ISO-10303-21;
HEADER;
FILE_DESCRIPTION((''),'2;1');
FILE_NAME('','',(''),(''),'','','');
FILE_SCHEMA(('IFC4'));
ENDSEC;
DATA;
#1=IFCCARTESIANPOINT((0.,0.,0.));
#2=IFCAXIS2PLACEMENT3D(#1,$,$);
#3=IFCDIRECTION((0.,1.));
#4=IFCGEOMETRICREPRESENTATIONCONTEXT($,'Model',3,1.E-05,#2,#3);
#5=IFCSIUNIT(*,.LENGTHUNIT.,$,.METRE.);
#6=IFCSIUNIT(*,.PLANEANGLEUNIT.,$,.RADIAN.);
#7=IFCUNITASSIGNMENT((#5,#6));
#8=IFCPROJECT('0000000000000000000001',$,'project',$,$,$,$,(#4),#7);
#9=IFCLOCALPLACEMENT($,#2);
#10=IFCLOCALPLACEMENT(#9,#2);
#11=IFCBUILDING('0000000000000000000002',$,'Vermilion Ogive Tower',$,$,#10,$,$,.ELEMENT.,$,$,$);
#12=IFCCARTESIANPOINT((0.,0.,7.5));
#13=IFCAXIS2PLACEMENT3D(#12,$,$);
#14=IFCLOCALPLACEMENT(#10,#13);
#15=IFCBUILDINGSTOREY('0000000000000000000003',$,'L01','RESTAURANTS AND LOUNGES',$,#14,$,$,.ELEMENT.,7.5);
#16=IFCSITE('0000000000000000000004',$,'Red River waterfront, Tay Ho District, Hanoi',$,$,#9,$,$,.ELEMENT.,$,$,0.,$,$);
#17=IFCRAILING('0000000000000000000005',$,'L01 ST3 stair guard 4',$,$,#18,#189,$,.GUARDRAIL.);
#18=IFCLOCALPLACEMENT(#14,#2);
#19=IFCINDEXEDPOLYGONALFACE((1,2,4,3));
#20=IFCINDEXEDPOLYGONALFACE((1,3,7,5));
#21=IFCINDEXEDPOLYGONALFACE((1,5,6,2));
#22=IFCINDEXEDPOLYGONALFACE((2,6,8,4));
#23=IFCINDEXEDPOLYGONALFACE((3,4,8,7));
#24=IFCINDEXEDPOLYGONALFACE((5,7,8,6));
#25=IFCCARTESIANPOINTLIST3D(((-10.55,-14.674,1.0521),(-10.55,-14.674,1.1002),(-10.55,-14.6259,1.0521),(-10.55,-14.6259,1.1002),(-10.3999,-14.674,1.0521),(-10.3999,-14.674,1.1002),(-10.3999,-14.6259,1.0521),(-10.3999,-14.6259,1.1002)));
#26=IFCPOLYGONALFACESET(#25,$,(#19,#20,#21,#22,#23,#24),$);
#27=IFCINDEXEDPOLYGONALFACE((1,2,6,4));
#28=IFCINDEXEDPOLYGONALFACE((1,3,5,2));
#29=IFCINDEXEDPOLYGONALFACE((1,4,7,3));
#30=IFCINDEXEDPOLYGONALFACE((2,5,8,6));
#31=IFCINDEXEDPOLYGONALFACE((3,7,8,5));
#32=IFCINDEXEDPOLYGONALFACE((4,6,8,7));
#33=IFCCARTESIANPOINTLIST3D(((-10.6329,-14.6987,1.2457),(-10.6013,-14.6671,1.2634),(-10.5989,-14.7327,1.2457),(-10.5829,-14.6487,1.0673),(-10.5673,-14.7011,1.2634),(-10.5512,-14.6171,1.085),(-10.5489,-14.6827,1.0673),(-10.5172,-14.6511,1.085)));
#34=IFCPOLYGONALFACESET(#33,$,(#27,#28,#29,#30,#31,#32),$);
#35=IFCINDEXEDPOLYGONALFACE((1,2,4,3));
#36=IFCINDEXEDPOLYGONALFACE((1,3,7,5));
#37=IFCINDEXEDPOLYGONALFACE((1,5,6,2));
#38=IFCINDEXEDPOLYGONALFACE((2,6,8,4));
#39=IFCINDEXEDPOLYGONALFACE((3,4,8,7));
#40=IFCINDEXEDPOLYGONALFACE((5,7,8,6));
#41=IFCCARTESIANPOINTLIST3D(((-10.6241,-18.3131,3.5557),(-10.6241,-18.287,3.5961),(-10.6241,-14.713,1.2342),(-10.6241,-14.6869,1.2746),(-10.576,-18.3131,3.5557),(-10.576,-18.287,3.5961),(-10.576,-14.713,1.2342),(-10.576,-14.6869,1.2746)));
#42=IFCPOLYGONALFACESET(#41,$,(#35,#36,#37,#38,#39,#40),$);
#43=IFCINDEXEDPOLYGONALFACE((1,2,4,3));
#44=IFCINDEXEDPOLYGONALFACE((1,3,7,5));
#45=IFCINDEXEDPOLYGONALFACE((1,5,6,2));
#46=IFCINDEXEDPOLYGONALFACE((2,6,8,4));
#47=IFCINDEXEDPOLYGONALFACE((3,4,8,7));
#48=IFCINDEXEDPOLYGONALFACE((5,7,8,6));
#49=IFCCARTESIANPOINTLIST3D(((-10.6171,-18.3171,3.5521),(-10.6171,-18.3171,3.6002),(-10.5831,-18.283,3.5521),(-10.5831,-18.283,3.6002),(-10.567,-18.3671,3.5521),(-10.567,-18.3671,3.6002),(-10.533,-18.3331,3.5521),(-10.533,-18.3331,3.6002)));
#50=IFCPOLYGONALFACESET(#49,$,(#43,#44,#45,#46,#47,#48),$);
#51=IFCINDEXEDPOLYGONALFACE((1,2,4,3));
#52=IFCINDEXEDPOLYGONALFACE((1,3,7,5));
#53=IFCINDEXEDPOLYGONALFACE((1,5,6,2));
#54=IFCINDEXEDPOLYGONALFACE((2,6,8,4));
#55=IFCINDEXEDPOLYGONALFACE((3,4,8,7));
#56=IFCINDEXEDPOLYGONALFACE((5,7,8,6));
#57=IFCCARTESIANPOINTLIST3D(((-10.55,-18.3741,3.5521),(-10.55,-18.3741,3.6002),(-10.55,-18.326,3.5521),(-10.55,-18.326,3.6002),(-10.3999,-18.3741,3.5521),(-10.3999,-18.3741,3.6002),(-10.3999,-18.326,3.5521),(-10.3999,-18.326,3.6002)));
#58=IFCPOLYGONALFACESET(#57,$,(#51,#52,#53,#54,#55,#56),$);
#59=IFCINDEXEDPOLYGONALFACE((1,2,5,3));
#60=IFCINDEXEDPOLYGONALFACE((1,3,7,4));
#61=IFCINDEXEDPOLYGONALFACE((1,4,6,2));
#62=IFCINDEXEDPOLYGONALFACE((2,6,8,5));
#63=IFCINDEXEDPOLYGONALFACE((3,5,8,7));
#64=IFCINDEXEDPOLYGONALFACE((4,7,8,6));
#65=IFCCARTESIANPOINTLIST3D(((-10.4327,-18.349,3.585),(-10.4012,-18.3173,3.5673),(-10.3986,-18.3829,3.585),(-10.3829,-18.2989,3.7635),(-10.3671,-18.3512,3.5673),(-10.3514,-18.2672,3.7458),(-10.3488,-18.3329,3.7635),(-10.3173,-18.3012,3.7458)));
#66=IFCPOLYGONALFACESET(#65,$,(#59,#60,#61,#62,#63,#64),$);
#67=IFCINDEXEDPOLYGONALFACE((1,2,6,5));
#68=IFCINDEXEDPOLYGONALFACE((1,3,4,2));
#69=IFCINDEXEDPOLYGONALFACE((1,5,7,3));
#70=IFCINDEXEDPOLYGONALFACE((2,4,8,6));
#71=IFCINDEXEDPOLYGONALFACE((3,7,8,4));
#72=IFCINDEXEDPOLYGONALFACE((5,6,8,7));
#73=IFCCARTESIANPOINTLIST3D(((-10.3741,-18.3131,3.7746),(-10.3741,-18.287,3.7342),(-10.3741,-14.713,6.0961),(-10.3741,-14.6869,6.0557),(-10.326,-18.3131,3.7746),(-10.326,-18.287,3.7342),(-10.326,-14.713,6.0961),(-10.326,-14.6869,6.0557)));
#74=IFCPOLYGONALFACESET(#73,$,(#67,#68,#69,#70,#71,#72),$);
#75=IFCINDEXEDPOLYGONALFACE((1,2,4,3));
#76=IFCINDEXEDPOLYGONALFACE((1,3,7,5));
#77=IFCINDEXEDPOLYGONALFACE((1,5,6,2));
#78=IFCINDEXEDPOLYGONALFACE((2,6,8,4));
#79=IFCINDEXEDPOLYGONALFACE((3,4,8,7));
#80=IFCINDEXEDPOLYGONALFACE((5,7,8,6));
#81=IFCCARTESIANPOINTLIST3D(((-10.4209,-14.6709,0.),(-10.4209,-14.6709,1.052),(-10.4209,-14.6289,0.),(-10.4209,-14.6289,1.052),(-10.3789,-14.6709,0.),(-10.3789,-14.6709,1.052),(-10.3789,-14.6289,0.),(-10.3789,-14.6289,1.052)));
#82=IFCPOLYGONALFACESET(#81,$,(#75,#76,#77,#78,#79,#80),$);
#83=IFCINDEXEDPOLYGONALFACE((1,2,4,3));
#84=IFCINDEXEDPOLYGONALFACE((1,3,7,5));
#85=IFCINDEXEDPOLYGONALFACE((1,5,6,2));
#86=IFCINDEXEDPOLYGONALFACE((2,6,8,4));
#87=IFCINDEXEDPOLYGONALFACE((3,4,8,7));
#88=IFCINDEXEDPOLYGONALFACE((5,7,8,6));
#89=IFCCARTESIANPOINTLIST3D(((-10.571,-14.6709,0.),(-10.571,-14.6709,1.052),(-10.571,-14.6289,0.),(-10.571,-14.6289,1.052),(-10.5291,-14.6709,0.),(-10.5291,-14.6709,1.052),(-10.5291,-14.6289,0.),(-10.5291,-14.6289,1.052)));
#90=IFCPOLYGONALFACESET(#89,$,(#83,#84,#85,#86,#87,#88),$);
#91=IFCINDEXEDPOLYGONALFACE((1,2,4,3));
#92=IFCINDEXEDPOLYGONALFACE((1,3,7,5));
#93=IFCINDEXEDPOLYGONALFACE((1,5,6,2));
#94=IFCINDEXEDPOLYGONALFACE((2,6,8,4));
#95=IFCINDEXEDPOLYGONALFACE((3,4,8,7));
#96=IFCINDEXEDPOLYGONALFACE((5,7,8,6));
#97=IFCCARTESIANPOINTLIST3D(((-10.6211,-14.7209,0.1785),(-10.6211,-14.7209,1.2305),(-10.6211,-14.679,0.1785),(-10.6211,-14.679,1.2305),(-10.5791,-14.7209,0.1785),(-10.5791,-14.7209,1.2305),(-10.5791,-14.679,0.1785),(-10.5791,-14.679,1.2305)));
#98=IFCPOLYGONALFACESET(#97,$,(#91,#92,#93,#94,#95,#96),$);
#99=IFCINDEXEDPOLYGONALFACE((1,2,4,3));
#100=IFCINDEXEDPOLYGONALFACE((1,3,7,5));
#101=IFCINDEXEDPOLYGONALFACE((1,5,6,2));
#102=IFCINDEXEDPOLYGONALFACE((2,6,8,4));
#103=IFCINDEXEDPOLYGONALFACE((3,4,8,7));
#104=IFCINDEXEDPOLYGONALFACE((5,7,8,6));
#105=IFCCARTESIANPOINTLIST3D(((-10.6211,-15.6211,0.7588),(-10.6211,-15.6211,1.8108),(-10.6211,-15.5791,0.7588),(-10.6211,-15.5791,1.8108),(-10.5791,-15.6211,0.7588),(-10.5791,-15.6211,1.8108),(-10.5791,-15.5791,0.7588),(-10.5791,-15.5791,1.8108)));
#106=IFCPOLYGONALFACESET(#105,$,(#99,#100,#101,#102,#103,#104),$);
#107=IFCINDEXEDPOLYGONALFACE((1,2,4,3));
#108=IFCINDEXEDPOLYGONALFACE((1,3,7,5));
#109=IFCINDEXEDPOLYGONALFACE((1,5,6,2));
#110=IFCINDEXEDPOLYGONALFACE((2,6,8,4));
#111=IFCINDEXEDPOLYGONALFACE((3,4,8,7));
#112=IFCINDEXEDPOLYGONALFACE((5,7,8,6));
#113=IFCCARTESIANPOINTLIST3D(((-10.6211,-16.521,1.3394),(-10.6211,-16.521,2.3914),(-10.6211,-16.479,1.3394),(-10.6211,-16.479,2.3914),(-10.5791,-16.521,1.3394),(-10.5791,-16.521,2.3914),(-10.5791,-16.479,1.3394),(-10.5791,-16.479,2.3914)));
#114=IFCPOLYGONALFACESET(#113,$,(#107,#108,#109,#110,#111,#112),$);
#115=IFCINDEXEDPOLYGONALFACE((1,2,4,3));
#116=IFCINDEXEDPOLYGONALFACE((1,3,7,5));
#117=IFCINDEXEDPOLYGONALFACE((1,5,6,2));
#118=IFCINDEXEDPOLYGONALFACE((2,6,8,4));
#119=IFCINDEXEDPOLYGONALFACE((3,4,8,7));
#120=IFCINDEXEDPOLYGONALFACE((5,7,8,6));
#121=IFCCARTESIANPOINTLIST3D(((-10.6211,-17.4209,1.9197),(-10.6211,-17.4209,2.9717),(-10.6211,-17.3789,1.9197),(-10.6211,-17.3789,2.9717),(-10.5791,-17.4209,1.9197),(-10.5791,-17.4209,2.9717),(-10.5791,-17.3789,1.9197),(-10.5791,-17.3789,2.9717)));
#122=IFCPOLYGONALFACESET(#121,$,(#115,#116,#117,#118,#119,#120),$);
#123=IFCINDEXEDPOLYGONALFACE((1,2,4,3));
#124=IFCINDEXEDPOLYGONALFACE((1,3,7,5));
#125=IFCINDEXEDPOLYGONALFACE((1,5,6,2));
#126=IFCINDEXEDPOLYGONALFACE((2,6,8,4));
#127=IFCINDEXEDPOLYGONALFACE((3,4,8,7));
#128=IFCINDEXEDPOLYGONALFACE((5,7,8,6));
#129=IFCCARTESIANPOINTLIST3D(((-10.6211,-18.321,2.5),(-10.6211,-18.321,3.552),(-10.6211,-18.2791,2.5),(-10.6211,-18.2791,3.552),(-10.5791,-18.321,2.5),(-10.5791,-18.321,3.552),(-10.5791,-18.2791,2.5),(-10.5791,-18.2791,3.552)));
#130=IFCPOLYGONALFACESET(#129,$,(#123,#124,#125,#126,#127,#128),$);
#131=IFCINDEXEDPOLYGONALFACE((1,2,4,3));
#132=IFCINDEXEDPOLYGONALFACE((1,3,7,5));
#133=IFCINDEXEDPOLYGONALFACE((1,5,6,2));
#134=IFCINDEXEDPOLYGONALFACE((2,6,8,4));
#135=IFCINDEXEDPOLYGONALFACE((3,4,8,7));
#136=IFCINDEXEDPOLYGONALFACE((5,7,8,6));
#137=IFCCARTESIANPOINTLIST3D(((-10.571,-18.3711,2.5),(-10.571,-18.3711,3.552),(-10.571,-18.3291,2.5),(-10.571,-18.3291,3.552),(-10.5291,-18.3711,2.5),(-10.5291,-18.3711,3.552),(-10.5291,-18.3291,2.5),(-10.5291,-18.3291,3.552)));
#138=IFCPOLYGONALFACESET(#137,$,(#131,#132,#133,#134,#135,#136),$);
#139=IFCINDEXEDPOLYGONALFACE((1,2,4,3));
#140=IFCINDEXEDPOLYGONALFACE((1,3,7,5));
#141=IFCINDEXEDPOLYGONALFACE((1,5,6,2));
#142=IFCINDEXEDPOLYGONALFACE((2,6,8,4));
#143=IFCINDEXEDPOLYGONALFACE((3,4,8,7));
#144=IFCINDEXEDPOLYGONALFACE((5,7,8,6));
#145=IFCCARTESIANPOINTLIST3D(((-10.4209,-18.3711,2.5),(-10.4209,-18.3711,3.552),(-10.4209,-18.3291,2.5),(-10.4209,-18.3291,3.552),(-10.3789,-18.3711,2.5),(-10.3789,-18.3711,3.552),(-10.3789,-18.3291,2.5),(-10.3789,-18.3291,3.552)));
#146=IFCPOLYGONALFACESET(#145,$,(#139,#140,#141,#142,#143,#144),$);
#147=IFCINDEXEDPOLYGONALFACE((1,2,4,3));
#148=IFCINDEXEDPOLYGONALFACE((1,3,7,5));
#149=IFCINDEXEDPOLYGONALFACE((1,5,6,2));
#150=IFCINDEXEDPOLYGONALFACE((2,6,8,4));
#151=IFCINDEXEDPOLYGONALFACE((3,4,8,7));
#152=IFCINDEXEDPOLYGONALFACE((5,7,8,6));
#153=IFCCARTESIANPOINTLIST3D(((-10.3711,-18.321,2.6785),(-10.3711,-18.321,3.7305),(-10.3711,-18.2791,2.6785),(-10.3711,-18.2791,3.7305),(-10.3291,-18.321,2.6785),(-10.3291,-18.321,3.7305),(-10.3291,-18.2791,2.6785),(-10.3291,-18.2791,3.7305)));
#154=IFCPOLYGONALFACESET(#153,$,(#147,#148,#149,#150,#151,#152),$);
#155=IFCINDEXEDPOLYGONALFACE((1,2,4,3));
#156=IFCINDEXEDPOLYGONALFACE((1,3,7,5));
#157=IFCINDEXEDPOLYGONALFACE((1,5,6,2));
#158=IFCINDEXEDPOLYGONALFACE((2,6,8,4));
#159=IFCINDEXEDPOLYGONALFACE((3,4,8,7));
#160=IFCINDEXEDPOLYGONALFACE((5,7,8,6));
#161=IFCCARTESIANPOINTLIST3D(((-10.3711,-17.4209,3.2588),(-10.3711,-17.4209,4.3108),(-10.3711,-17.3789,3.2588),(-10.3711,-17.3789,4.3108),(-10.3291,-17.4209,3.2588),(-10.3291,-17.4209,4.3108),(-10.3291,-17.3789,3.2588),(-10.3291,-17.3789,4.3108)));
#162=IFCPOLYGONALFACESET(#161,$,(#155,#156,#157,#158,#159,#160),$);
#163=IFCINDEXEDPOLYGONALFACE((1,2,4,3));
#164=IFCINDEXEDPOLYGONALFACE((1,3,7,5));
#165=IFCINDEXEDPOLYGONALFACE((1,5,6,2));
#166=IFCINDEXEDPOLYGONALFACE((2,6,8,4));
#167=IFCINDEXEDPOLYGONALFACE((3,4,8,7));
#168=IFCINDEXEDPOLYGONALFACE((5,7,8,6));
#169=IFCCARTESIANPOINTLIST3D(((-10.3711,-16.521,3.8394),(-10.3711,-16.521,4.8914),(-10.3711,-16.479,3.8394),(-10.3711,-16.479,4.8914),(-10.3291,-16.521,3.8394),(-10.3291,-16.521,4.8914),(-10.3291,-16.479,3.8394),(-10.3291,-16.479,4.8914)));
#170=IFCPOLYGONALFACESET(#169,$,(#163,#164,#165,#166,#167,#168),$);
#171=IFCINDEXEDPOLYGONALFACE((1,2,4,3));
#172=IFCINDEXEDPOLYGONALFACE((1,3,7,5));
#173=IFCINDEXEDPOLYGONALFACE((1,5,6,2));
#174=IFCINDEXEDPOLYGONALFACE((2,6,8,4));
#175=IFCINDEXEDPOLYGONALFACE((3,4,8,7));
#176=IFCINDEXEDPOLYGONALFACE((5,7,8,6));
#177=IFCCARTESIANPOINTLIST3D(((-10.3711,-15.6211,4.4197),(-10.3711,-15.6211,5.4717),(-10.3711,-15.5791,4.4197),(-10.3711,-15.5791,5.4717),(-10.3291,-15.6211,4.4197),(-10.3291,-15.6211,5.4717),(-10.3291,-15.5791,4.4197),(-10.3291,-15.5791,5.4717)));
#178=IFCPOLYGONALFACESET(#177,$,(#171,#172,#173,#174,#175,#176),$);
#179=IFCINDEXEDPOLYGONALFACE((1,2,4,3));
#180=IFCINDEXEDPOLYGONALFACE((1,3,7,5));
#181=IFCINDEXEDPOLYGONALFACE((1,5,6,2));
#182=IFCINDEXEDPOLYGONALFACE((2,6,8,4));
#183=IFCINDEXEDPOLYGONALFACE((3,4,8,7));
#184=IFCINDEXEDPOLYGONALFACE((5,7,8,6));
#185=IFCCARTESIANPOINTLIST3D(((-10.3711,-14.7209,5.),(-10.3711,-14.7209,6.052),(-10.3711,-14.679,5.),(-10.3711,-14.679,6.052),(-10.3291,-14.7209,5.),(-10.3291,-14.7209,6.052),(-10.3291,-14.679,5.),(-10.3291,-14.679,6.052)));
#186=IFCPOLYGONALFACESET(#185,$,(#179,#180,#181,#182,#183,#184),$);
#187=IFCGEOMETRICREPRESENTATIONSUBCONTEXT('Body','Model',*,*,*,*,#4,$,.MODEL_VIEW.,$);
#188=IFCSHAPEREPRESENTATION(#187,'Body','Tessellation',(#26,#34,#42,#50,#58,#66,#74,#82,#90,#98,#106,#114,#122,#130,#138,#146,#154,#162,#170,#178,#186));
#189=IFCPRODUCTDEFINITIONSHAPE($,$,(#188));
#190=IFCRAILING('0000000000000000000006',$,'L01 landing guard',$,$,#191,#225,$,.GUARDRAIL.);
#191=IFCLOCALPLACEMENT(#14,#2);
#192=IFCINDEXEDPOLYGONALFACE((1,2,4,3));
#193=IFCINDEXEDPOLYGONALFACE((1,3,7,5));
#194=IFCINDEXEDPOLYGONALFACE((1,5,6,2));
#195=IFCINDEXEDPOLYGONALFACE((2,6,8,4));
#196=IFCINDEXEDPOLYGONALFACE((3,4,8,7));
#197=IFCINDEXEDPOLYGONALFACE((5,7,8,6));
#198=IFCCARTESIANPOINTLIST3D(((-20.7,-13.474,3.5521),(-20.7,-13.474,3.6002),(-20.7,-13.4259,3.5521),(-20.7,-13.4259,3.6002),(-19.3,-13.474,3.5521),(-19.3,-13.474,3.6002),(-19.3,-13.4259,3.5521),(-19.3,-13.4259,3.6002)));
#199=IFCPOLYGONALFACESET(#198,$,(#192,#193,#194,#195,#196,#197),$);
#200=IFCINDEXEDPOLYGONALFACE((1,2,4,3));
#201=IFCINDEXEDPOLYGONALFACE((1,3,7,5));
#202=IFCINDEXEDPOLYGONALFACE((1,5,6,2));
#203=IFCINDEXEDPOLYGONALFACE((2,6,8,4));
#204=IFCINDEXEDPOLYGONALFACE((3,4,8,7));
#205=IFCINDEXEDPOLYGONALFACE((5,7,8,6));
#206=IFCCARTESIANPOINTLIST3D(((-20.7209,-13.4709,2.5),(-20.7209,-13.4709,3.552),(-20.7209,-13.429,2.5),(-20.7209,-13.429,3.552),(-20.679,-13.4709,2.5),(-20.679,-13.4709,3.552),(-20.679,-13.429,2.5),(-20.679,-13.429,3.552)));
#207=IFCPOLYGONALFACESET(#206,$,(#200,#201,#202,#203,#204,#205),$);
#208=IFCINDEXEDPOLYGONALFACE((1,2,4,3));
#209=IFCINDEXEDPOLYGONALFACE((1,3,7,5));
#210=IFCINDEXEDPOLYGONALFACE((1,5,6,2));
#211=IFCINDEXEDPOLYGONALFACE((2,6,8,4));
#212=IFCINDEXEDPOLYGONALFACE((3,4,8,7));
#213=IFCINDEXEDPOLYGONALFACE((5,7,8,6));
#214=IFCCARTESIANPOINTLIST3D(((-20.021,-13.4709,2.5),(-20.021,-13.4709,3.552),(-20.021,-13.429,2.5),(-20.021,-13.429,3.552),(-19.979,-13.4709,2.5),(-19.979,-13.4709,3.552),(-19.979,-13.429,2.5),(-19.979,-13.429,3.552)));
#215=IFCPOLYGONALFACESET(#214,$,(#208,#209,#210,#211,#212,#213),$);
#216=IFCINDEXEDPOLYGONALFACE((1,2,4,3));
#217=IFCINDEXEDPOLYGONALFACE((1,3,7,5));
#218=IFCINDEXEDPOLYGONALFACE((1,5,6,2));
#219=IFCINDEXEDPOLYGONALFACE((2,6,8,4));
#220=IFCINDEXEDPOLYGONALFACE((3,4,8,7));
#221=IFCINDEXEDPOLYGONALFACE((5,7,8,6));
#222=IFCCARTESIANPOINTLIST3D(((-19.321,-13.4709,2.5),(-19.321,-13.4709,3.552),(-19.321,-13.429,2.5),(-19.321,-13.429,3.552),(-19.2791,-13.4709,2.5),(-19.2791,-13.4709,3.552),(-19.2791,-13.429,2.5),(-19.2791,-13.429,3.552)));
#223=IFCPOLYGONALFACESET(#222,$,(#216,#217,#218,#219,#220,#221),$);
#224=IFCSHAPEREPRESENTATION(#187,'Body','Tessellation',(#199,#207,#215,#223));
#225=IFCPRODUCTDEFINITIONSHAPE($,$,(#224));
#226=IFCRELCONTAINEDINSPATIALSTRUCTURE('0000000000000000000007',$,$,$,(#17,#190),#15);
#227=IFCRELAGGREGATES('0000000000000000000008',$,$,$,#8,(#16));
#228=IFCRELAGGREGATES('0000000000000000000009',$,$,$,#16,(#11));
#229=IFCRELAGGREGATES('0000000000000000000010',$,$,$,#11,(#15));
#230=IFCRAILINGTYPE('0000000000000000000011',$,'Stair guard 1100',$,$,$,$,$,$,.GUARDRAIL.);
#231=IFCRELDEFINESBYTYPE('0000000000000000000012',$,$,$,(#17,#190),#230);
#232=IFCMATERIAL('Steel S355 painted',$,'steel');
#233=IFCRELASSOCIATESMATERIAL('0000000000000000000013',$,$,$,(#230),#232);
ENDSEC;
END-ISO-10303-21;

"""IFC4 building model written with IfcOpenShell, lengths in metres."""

from ifc_helpers import new_model, si_unit, direction, frame, origin, origin_2d, place, context, subcontext, project, spatial, rectangle, extrude, material, type_object, element, save


model = new_model("IFC4")

# Units and contexts
model_context = context("Model", 3, precision=1e-05, world=origin(), true_north=direction((0.0, 1.0)))
body_context = subcontext(model_context, "Body", "Model", "MODEL_VIEW")
ifc_project = project(units=[si_unit("LENGTHUNIT", "METRE"), si_unit("PLANEANGLEUNIT", "RADIAN")], contexts=[model_context])

# Site, building, storey
site_placement = place(None, origin())
site = spatial("IfcSite", under=ifc_project, at=site_placement, Name="Red River waterfront, Tay Ho District, Hanoi", CompositionType="ELEMENT", RefElevation=0.0)
building_placement = place(site_placement, origin())
building = spatial("IfcBuilding", under=site, at=building_placement, Name="Vermilion Ogive Tower", CompositionType="ELEMENT")
storey_placement = place(building_placement, frame((0.0, 0.0, 7.5)))
storey = spatial("IfcBuildingStorey", under=building, at=storey_placement, Name="L01", Description="RESTAURANTS AND LOUNGES", CompositionType="ELEMENT", Elevation=7.5)

# Railings
ifc_material_1 = material(Name="Steel S355 painted", Category="steel")
railing_type_1 = type_object("IfcRailingType", Name="Stair guard 1100", PredefinedType="GUARDRAIL", material=ifc_material_1)
railing_1_placement = place(storey_placement, frame((-10.3999, -14.6499, 0.0)))
element("IfcRailing", 1, at=railing_1_placement, inside=storey, type_object=railing_type_1, Name="L01 ST3 stair guard 4", PredefinedType="GUARDRAIL", context=body_context, shape_type="SweptSolid", body=[
    extrude(rectangle(XDim=0.0481, YDim=0.0481, at=origin_2d()), frame((0.0, 0.0, 1.0762), z_axis=(-1.0, 0.0, 0.0), x_axis=(0.0, -1.0, 0.0)), (0.0, 0.0, 1.0), 0.1501),
    extrude(rectangle(XDim=0.0481, YDim=0.0481, at=origin_2d()), frame((-0.1501, 0.0, 1.0762), z_axis=(-0.260685, -0.260685, 0.929563), x_axis=(0.707107, -0.707107, 0.0)), (0.0, 0.0, 1.0), 0.1919),
    extrude(rectangle(XDim=0.0481, YDim=0.0481, at=origin_2d()), frame((-0.2002, -0.05, 1.2544), z_axis=(0.0, -0.840415, 0.541944), x_axis=(1.0, 0.0, 0.0)), (0.0, 0.0, 1.0), 4.2837),
    extrude(rectangle(XDim=0.0481, YDim=0.0481, at=origin_2d()), frame((-0.2002, -3.6501, 3.5762), z_axis=(0.707107, -0.707107, 0.0), x_axis=(0.707107, 0.707107, 0.0)), (0.0, 0.0, 1.0), 0.0708),
    extrude(rectangle(XDim=0.0481, YDim=0.0481, at=origin_2d()), frame((-0.1501, -3.7002, 3.5762), z_axis=(1.0, 0.0, 0.0), x_axis=(0.0, 1.0, 0.0)), (0.0, 0.0, 1.0), 0.1501),
    extrude(rectangle(XDim=0.0481, YDim=0.0481, at=origin_2d()), frame((0.0, -3.7002, 3.5762), z_axis=(0.259499, 0.260771, 0.92987), x_axis=(-0.708834, 0.705376, 0.0)), (0.0, 0.0, 1.0), 0.1919),
    extrude(rectangle(XDim=0.0481, YDim=0.0481, at=origin_2d()), frame((0.0498, -3.6501, 3.7544), z_axis=(0.0, 0.840415, 0.541944), x_axis=(-1.0, 0.0, 0.0)), (0.0, 0.0, 1.0), 4.2837),
    extrude(rectangle(XDim=0.042, YDim=0.042, at=origin_2d()), origin(), (0.0, 0.0, 1.0), 1.052),
    extrude(rectangle(XDim=0.042, YDim=0.042, at=origin_2d()), frame((-0.1501, 0.0, 0.0)), (0.0, 0.0, 1.0), 1.052),
    extrude(rectangle(XDim=0.042, YDim=0.042, at=origin_2d()), frame((-0.2002, -0.05, 0.1785)), (0.0, 0.0, 1.0), 1.052),
    extrude(rectangle(XDim=0.042, YDim=0.042, at=origin_2d()), frame((-0.2002, -0.9502, 0.7588)), (0.0, 0.0, 1.0), 1.052),
    extrude(rectangle(XDim=0.042, YDim=0.042, at=origin_2d()), frame((-0.2002, -1.8501, 1.3394)), (0.0, 0.0, 1.0), 1.052),
    extrude(rectangle(XDim=0.042, YDim=0.042, at=origin_2d()), frame((-0.2002, -2.75, 1.9197)), (0.0, 0.0, 1.0), 1.052),
    extrude(rectangle(XDim=0.042, YDim=0.042, at=origin_2d()), frame((-0.2002, -3.6501, 2.5)), (0.0, 0.0, 1.0), 1.052),
    extrude(rectangle(XDim=0.042, YDim=0.042, at=origin_2d()), frame((-0.1501, -3.7002, 2.5)), (0.0, 0.0, 1.0), 1.052),
    extrude(rectangle(XDim=0.042, YDim=0.042, at=origin_2d()), frame((0.0, -3.7002, 2.5)), (0.0, 0.0, 1.0), 1.052),
    extrude(rectangle(XDim=0.042, YDim=0.042, at=origin_2d()), frame((0.0498, -3.6501, 2.6785)), (0.0, 0.0, 1.0), 1.052),
    extrude(rectangle(XDim=0.042, YDim=0.042, at=origin_2d()), frame((0.0498, -2.75, 3.2588)), (0.0, 0.0, 1.0), 1.052),
    extrude(rectangle(XDim=0.042, YDim=0.042, at=origin_2d()), frame((0.0498, -1.8501, 3.8394)), (0.0, 0.0, 1.0), 1.052),
    extrude(rectangle(XDim=0.042, YDim=0.042, at=origin_2d()), frame((0.0498, -0.9502, 4.4197)), (0.0, 0.0, 1.0), 1.052),
    extrude(rectangle(XDim=0.042, YDim=0.042, at=origin_2d()), frame((0.0498, -0.05, 5.0)), (0.0, 0.0, 1.0), 1.052),
])
for number, where, name in (
    (2, (-20.7, -13.45, 2.5), "L01 landing guard"),
):
    element("IfcRailing", number, at=place(storey_placement, frame(where)), inside=storey, type_object=railing_type_1, Name=name, PredefinedType="GUARDRAIL", context=body_context, shape_type="SweptSolid", body=[
        extrude(rectangle(XDim=0.0481, YDim=0.0481, at=origin_2d()), frame((0.0, 0.0, 1.0762), z_axis=(1.0, 0.0, 0.0), x_axis=(0.0, 1.0, 0.0)), (0.0, 0.0, 1.0), 1.3999),
        extrude(rectangle(XDim=0.042, YDim=0.042, at=origin_2d()), origin(), (0.0, 0.0, 1.0), 1.052),
        extrude(rectangle(XDim=0.042, YDim=0.042, at=origin_2d()), frame((0.7, 0.0, 0.0)), (0.0, 0.0, 1.0), 1.052),
        extrude(rectangle(XDim=0.042, YDim=0.042, at=origin_2d()), frame((1.3999, 0.0, 0.0)), (0.0, 0.0, 1.0), 1.052),
    ])

save(model, "model.ifc")
